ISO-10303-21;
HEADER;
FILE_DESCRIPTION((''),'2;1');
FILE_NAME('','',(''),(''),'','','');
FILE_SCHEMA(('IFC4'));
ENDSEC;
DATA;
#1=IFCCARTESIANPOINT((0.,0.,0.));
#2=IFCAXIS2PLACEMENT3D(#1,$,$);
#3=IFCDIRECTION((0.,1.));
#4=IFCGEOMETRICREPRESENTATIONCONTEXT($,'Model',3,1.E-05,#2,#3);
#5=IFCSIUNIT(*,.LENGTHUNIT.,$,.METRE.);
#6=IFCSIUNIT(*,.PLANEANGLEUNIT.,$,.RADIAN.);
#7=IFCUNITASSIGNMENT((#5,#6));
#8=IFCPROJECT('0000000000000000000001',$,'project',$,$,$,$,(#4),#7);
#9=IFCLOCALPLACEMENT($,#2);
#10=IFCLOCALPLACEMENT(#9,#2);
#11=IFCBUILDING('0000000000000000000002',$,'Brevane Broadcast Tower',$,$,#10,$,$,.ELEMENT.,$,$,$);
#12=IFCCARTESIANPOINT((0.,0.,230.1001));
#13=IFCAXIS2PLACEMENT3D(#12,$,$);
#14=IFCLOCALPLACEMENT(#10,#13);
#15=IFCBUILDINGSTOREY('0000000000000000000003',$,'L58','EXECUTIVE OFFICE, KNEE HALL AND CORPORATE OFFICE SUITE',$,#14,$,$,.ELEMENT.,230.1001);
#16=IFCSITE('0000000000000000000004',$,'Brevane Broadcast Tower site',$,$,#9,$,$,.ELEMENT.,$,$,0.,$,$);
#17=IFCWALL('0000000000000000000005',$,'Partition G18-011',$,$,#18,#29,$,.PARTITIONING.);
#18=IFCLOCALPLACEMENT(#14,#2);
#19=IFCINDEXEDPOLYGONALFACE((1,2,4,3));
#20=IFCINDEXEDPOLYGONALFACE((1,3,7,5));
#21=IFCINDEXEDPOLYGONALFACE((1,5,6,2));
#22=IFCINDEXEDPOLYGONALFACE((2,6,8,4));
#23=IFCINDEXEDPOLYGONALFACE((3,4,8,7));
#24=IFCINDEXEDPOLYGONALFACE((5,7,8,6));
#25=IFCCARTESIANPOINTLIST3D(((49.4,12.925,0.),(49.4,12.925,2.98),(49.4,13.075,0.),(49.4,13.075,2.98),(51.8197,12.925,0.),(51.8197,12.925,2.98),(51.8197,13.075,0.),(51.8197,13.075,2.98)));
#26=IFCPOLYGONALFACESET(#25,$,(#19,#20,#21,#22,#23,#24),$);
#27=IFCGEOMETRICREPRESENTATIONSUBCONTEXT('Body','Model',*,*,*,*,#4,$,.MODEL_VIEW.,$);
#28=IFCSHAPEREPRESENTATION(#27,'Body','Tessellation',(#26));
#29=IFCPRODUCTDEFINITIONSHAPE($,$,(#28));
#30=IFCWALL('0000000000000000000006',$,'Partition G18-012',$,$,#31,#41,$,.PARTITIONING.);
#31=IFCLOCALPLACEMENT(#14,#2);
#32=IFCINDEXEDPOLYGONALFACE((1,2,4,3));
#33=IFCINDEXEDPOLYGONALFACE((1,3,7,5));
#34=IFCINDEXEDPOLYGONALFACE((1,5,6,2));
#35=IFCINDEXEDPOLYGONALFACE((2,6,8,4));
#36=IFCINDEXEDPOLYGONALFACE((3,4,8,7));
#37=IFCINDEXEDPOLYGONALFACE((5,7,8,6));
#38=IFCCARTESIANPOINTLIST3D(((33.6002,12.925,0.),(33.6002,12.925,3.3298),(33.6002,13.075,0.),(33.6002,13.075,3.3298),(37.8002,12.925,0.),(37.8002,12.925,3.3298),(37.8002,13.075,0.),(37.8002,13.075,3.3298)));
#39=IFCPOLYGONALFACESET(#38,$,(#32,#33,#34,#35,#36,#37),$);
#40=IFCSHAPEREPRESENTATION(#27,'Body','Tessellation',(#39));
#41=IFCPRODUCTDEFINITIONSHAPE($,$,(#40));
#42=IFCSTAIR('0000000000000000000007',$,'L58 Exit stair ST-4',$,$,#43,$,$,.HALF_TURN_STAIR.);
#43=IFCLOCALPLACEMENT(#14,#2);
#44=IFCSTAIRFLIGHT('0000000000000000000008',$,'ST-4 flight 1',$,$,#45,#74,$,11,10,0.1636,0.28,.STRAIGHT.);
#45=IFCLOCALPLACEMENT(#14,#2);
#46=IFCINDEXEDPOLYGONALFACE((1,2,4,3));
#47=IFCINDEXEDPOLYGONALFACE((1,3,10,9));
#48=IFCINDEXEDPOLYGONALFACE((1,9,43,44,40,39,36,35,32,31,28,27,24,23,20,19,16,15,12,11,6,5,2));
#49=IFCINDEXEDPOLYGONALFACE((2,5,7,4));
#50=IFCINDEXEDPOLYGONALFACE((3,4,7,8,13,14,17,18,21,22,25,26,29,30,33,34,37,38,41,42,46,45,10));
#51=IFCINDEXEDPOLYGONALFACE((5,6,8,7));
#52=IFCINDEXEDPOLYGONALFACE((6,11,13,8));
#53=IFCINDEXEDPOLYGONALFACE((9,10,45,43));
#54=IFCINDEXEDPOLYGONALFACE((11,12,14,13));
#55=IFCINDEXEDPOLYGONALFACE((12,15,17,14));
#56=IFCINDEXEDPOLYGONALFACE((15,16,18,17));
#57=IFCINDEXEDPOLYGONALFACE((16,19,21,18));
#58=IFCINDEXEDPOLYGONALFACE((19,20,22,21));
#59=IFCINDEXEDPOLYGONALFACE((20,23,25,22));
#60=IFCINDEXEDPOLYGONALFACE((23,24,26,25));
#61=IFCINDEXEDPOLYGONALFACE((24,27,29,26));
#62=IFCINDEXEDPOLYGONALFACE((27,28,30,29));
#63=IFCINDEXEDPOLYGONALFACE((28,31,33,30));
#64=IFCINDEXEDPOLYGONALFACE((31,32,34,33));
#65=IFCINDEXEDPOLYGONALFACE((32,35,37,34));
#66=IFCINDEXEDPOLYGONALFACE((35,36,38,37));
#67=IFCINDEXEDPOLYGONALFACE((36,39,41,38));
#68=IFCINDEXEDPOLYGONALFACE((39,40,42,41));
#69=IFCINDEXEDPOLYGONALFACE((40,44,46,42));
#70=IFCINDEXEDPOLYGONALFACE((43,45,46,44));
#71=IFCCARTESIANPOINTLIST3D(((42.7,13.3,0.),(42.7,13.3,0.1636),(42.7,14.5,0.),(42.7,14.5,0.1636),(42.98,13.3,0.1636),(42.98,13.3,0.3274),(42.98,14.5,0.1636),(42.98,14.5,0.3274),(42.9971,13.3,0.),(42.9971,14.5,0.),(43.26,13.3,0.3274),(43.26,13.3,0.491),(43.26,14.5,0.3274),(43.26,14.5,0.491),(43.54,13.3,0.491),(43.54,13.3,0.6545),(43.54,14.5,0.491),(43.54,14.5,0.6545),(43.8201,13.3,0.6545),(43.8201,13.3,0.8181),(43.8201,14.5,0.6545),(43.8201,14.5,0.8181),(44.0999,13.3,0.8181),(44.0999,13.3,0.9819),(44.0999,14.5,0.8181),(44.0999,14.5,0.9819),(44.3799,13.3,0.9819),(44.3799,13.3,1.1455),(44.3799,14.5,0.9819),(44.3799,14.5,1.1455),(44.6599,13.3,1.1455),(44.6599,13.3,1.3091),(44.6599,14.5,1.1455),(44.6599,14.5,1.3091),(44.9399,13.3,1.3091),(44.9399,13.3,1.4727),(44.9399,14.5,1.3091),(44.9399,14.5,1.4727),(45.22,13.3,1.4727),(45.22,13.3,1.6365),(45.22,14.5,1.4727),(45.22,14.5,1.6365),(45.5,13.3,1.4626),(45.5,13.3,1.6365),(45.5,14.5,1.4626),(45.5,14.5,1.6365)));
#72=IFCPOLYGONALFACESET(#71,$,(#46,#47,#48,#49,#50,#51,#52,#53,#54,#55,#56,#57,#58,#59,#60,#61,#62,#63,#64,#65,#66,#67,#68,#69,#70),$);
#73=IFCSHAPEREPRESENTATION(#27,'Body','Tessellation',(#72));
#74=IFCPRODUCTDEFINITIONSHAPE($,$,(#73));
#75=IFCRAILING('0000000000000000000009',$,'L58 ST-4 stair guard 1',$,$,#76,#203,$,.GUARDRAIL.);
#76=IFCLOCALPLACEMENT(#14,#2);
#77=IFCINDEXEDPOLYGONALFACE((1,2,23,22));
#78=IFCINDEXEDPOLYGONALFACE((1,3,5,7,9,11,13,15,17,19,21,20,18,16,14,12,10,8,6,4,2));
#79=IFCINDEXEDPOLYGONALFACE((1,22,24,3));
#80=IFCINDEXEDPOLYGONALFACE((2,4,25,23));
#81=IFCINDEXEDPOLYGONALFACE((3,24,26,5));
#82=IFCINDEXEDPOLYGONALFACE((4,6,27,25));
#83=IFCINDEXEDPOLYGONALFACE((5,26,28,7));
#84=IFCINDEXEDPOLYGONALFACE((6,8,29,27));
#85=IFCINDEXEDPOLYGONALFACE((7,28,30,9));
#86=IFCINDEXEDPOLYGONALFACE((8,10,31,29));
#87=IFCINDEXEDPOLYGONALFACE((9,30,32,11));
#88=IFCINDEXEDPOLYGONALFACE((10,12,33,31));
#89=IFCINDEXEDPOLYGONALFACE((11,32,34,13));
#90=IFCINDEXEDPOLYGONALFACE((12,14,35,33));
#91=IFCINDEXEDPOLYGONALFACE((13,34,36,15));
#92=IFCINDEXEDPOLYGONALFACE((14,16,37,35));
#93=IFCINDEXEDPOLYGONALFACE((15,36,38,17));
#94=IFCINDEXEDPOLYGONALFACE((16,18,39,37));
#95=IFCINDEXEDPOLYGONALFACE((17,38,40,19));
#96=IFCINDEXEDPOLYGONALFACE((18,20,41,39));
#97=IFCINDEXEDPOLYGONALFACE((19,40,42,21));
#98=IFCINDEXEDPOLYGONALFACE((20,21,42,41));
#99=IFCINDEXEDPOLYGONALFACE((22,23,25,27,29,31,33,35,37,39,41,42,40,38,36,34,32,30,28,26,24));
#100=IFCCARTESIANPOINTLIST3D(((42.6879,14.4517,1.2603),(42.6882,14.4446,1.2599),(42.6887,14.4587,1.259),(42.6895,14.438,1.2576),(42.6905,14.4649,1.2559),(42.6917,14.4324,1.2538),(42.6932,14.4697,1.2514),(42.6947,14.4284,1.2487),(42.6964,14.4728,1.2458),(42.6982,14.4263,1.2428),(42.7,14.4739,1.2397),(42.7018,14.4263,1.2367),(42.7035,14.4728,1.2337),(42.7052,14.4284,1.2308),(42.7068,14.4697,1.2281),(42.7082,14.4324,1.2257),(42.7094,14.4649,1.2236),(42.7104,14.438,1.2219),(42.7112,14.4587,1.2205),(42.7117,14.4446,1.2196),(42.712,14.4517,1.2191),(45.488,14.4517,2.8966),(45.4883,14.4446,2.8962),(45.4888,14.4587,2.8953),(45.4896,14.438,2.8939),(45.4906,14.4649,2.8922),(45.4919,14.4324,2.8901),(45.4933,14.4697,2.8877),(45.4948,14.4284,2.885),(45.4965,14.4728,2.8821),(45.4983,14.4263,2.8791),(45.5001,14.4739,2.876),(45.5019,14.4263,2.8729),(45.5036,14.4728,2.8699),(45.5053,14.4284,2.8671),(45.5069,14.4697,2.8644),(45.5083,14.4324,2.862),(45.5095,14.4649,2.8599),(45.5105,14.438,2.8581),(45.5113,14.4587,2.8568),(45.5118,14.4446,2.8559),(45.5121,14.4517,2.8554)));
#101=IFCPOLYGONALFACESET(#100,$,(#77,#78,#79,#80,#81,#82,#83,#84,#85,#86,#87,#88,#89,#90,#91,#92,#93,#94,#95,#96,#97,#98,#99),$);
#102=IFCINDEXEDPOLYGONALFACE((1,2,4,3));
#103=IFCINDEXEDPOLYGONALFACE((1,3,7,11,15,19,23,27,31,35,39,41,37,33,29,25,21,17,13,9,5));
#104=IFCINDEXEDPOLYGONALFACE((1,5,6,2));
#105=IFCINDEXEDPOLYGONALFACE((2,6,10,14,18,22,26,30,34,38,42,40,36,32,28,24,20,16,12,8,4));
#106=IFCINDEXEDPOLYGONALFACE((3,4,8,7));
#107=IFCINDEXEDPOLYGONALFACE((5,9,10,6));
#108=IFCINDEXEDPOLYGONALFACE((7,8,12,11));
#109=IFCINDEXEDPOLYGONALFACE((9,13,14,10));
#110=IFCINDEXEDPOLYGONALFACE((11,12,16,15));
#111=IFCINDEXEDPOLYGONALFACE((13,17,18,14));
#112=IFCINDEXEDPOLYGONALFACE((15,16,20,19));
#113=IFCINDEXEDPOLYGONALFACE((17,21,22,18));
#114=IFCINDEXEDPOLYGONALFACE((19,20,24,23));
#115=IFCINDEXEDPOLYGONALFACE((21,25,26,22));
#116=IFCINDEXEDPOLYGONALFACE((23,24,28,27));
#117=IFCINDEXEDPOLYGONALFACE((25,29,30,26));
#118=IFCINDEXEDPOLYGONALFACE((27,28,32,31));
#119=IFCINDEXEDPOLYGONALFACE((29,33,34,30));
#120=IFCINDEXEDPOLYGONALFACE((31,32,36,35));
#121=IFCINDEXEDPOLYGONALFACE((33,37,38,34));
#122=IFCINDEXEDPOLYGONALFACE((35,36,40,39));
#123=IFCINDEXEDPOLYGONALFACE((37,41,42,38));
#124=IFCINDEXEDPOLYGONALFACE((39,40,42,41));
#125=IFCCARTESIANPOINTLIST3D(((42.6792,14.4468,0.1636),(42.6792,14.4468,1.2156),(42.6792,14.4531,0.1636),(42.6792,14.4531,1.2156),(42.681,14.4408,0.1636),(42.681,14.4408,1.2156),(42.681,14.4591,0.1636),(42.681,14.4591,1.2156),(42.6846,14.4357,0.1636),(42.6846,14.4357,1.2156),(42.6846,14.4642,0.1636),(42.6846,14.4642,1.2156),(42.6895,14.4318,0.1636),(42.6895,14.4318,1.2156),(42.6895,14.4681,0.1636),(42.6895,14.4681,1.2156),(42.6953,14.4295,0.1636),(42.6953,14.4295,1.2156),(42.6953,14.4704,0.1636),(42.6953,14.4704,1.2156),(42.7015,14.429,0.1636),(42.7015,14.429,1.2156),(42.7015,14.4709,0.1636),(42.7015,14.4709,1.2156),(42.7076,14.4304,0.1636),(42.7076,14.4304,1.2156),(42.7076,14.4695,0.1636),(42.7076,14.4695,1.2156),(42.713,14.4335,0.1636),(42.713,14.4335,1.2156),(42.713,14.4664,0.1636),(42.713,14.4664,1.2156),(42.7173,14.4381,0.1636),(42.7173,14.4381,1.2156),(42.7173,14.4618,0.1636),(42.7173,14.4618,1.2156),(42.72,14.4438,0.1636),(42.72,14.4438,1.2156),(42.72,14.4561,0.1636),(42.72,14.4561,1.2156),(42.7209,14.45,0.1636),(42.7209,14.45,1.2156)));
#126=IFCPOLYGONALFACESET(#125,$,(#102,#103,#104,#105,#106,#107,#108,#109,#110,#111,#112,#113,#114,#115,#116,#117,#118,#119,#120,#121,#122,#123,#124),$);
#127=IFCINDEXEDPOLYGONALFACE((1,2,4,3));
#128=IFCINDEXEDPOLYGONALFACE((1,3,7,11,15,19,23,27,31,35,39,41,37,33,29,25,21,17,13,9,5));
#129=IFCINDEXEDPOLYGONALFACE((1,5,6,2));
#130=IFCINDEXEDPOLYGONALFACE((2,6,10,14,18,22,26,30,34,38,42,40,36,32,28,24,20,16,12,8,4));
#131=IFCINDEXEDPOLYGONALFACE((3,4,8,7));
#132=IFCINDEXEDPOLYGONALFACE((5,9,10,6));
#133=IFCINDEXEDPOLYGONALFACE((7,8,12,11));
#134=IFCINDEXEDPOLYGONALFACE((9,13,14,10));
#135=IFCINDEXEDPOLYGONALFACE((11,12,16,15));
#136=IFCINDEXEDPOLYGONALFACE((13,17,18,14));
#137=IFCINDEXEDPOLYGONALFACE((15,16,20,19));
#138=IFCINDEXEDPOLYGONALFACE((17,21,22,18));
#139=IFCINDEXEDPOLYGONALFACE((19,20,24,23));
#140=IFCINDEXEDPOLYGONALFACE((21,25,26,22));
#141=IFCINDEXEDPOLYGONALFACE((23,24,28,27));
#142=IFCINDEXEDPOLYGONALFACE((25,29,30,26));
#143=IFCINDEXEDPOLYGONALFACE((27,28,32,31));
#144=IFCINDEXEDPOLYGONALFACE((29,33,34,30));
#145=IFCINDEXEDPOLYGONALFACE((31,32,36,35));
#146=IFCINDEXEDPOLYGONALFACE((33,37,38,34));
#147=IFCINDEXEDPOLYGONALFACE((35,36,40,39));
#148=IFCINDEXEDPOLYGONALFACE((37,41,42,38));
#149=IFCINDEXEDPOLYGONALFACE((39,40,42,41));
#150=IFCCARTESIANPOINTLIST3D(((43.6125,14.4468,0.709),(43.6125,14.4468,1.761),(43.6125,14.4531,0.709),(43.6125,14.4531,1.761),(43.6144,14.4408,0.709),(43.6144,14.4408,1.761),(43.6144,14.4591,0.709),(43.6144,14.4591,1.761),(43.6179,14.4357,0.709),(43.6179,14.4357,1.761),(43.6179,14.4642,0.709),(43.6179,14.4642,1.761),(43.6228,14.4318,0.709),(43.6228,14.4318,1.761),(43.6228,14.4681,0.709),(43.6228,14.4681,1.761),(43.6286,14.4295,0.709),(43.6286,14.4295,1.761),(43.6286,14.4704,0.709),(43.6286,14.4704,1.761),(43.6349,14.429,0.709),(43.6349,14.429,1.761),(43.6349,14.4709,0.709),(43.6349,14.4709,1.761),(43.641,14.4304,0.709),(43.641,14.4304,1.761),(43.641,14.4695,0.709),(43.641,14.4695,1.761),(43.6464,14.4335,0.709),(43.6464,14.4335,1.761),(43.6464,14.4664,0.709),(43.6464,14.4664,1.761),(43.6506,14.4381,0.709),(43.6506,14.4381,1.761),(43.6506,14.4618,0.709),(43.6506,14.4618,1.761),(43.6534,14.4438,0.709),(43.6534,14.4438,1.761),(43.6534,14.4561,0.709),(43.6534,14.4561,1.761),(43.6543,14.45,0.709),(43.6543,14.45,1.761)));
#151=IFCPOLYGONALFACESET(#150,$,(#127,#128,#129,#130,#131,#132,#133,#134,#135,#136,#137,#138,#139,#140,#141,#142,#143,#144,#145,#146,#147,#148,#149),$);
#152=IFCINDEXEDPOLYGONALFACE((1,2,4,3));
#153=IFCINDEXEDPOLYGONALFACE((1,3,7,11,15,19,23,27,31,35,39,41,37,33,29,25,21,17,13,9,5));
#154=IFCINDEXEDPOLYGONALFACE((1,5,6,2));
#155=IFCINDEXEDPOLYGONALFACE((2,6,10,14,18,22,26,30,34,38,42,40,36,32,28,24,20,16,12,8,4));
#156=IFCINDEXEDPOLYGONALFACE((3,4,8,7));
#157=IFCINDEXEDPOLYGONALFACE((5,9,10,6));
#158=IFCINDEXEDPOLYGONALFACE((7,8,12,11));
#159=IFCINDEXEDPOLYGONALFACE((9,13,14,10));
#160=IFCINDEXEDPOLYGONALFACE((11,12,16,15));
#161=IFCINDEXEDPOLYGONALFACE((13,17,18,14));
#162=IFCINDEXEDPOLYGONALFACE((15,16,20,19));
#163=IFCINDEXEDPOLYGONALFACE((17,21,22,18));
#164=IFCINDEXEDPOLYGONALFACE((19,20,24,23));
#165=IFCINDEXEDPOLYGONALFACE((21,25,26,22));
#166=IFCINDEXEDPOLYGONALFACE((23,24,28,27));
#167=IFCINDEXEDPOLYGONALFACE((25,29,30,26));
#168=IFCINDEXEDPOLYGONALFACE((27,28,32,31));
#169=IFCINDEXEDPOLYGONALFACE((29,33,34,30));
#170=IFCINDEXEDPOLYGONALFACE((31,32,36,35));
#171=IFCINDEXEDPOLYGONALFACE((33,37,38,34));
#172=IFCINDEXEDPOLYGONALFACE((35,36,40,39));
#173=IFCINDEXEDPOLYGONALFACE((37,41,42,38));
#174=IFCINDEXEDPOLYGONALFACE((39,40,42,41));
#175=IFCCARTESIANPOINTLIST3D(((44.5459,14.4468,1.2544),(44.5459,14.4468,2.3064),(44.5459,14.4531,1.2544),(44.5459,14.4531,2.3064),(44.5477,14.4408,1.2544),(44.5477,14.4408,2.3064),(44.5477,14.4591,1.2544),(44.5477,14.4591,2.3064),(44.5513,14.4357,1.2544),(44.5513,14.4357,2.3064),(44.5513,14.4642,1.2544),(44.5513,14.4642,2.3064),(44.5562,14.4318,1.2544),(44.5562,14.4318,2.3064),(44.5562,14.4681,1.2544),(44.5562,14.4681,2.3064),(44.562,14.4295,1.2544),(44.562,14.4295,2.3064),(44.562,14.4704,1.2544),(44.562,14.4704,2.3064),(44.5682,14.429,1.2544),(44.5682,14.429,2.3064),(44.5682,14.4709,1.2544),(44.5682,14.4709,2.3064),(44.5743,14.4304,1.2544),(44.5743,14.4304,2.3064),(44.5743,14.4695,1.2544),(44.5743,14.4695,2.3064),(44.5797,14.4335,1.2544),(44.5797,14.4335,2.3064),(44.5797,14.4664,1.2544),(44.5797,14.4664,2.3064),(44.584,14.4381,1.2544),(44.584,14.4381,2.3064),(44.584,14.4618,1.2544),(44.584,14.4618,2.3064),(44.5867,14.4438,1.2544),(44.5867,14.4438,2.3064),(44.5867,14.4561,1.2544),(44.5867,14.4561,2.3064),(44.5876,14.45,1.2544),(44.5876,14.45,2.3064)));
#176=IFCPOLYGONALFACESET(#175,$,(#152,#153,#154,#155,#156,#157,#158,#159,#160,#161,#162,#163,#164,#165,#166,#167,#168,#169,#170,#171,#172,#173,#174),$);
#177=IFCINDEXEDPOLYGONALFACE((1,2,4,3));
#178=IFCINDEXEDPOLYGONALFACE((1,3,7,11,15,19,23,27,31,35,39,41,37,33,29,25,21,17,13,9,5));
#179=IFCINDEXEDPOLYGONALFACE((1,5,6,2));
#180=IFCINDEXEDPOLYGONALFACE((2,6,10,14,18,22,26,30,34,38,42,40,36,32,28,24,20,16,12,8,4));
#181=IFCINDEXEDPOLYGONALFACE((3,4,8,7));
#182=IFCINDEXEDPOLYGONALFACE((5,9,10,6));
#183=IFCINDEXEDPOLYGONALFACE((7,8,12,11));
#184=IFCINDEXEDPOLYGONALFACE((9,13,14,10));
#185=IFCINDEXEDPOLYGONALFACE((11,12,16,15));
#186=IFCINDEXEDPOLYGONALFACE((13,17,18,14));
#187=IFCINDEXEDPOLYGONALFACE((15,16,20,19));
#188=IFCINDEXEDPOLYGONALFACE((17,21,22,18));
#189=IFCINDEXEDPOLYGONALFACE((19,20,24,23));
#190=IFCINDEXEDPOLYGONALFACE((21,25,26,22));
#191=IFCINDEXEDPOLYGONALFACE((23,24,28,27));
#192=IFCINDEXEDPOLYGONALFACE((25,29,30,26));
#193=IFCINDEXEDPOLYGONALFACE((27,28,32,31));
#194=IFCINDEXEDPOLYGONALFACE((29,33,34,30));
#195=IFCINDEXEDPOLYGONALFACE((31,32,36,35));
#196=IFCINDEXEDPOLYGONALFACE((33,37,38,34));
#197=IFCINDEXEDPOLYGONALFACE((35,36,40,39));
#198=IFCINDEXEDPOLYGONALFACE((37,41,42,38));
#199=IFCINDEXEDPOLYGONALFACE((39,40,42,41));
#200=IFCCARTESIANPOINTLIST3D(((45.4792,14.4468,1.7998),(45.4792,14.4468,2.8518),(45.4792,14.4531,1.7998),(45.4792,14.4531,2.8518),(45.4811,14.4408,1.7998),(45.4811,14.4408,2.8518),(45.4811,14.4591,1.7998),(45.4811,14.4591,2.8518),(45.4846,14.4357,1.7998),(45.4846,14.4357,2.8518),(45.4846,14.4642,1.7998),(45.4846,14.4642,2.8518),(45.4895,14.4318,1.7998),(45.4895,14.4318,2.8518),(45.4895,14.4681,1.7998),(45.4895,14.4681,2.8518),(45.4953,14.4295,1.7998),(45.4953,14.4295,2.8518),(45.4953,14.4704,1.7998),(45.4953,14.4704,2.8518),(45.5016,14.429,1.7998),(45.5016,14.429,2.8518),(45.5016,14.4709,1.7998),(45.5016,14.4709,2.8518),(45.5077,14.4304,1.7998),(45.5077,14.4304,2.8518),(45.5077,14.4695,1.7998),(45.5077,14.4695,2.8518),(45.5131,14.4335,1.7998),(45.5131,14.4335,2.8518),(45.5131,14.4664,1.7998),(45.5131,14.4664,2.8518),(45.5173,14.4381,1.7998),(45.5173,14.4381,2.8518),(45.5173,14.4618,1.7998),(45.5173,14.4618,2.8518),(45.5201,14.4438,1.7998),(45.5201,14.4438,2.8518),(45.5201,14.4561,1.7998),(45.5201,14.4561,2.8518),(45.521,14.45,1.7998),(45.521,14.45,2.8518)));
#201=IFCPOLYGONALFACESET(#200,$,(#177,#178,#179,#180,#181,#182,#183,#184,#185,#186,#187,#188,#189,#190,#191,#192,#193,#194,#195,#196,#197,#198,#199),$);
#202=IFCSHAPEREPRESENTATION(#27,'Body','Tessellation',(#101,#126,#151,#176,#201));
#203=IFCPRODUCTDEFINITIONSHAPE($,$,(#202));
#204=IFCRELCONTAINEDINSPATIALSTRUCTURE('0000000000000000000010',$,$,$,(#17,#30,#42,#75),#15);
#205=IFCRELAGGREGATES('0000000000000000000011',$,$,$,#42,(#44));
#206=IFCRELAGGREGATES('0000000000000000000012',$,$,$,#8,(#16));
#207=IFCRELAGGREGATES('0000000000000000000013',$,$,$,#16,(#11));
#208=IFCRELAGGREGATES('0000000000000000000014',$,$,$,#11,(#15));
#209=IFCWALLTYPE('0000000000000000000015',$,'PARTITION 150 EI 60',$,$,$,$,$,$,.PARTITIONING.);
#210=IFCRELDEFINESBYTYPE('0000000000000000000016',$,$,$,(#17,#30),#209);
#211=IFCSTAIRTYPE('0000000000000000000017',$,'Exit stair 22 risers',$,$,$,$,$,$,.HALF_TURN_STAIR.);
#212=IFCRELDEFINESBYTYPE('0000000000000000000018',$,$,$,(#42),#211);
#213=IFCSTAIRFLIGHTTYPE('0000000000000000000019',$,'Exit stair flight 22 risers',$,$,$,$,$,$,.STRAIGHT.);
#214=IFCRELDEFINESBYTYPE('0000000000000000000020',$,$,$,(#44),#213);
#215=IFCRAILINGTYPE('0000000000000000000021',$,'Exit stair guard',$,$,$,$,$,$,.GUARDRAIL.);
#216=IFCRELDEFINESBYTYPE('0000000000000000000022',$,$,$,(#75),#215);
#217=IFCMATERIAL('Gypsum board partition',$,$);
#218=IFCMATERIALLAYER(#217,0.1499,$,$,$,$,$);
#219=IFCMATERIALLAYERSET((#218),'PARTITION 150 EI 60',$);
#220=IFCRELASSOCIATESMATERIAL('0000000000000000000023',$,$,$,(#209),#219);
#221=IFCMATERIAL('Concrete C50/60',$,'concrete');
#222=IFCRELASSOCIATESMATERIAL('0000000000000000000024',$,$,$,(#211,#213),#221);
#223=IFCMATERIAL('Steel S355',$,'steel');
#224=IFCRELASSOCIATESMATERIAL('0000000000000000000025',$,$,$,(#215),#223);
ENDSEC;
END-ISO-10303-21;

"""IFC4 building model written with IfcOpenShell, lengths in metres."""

from ifc_helpers import new_model, si_unit, direction, frame, frame_2d, origin, origin_2d, place, context, subcontext, project, spatial, polyline, rectangle, circle, outline, extrude, material, layer, layer_set, type_object, element, aggregate, save


model = new_model("IFC4")

# Units and contexts
model_context = context("Model", 3, precision=1e-05, world=origin(), true_north=direction((0.0, 1.0)))
body_context = subcontext(model_context, "Body", "Model", "MODEL_VIEW")
ifc_project = project(units=[si_unit("LENGTHUNIT", "METRE"), si_unit("PLANEANGLEUNIT", "RADIAN")], contexts=[model_context])

# Site, building, storey
site_placement = place(None, origin())
site = spatial("IfcSite", under=ifc_project, at=site_placement, Name="Brevane Broadcast Tower site", CompositionType="ELEMENT", RefElevation=0.0)
building_placement = place(site_placement, origin())
building = spatial("IfcBuilding", under=site, at=building_placement, Name="Brevane Broadcast Tower", CompositionType="ELEMENT")
storey_placement = place(building_placement, frame((0.0, 0.0, 230.1001)))
storey = spatial("IfcBuildingStorey", under=building, at=storey_placement, Name="L58", Description="EXECUTIVE OFFICE, KNEE HALL AND CORPORATE OFFICE SUITE", CompositionType="ELEMENT", Elevation=230.1001)

# Shared definitions
ifc_material_1 = material(Name="Concrete C50/60", Category="concrete")

# Shared definitions
ifc_material_2 = material(Name="Gypsum board partition")

# Shared definitions
ifc_layer_1 = layer(ifc_material_2, 0.1499)
ifc_layer_set_1 = layer_set([ifc_layer_1], Name="PARTITION 150 EI 60")
wall_type_1 = type_object("IfcWallType", Name="PARTITION 150 EI 60", PredefinedType="PARTITIONING", material=ifc_layer_set_1)

# Walls
wall_1_placement = place(storey_placement, frame((49.3999, 13.0, 0.0), z_axis=(0.0, 0.0, 1.0), x_axis=(1.0, 0.0, 0.0)))
element("IfcWall", 1, at=wall_1_placement, inside=storey, type_object=wall_type_1, Name="Partition G18-011", PredefinedType="PARTITIONING", context=body_context, shape_type="SweptSolid", body=[
    extrude(rectangle(XDim=2.4197, YDim=0.1499, at=frame_2d((1.21, 0.0))), origin(), (0.0, 0.0, 1.0), 2.98),
])
wall_2_placement = place(storey_placement, frame((33.6001, 13.0, 0.0), z_axis=(0.0, 0.0, 1.0), x_axis=(1.0, 0.0, 0.0)))
element("IfcWall", 2, at=wall_2_placement, inside=storey, type_object=wall_type_1, Name="Partition G18-012", PredefinedType="PARTITIONING", context=body_context, shape_type="SweptSolid", body=[
    extrude(rectangle(XDim=4.2, YDim=0.1499, at=frame_2d((2.1001, 0.0))), origin(), (0.0, 0.0, 1.0), 3.3298),
])

# Stair, stair flight
stair_type = type_object("IfcStairType", Name="Exit stair 22 risers", PredefinedType="HALF_TURN_STAIR", material=ifc_material_1)
stair_placement = place(storey_placement, origin())
stair = element("IfcStair", 3, at=stair_placement, inside=storey, type_object=stair_type, Name="L58 Exit stair ST-4", PredefinedType="HALF_TURN_STAIR")
stair_flight_type = type_object("IfcStairFlightType", Name="Exit stair flight 22 risers", PredefinedType="STRAIGHT", material=ifc_material_1)
stair_flight_placement = place(storey_placement, frame((42.7, 13.8999, 0.0), z_axis=(0.0, 0.0, 1.0), x_axis=(1.0, 0.0, 0.0)))
stair_flight = element("IfcStairFlight", 4, at=stair_flight_placement, type_object=stair_flight_type, Name="ST-4 flight 1", NumberOfRisers=11, NumberOfTreads=10, PredefinedType="STRAIGHT", RiserHeight=0.1636, TreadLength=0.28, context=body_context, shape_type="SweptSolid", body=[
    extrude(outline(polyline([(0.0, 0.0), (0.0, 0.1636), (0.28, 0.1636), (0.28, 0.3274), (0.5601, 0.3274), (0.5601, 0.491), (0.8401, 0.491), (0.8401, 0.6545), (1.1201, 0.6545), (1.1201, 0.8181), (1.3999, 0.8181), (1.3999, 0.9819), (1.6799, 0.9819), (1.6799, 1.1455), (1.96, 1.1455), (1.96, 1.3091), (2.24, 1.3091), (2.24, 1.4727), (2.52, 1.4727), (2.52, 1.6365), (2.8, 1.6365), (2.8, 1.8), (2.8, 1.4626), (0.2971, 0.0), (0.0, 0.0)])), frame((0.0, 0.6001, 0.0), z_axis=(0.0, -1.0, 0.0), x_axis=(1.0, 0.0, 0.0)), (0.0, 0.0, 1.0), 1.2),
])
aggregate(stair, [stair_flight])

# Railing
ifc_material_3 = material(Name="Steel S355", Category="steel")
railing_type_1 = type_object("IfcRailingType", Name="Exit stair guard", PredefinedType="GUARDRAIL", material=ifc_material_3)
railing_1_placement = place(storey_placement, frame((42.7, 14.45, 0.1636)))
element("IfcRailing", 5, at=railing_1_placement, inside=storey, type_object=railing_type_1, Name="L58 ST-4 stair guard 1", PredefinedType="GUARDRAIL", context=body_context, shape_type="SweptSolid", body=[
    extrude(circle(Radius=0.0239, at=origin_2d()), frame((0.0, 0.0, 1.0762), z_axis=(0.863394, 0.0, 0.504531), x_axis=(0.0, 1.0, 0.0)), (0.0, 0.0, 1.0), 3.2432),
    extrude(circle(Radius=0.021, at=origin_2d()), origin(), (0.0, 0.0, 1.0), 1.052),
    extrude(circle(Radius=0.021, at=origin_2d()), frame((0.9333, 0.0, 0.5454)), (0.0, 0.0, 1.0), 1.052),
    extrude(circle(Radius=0.021, at=origin_2d()), frame((1.8667, 0.0, 1.0908)), (0.0, 0.0, 1.0), 1.052),
    extrude(circle(Radius=0.021, at=origin_2d()), frame((2.8, 0.0, 1.6362)), (0.0, 0.0, 1.0), 1.052),
])

save(model, "model.ifc")
